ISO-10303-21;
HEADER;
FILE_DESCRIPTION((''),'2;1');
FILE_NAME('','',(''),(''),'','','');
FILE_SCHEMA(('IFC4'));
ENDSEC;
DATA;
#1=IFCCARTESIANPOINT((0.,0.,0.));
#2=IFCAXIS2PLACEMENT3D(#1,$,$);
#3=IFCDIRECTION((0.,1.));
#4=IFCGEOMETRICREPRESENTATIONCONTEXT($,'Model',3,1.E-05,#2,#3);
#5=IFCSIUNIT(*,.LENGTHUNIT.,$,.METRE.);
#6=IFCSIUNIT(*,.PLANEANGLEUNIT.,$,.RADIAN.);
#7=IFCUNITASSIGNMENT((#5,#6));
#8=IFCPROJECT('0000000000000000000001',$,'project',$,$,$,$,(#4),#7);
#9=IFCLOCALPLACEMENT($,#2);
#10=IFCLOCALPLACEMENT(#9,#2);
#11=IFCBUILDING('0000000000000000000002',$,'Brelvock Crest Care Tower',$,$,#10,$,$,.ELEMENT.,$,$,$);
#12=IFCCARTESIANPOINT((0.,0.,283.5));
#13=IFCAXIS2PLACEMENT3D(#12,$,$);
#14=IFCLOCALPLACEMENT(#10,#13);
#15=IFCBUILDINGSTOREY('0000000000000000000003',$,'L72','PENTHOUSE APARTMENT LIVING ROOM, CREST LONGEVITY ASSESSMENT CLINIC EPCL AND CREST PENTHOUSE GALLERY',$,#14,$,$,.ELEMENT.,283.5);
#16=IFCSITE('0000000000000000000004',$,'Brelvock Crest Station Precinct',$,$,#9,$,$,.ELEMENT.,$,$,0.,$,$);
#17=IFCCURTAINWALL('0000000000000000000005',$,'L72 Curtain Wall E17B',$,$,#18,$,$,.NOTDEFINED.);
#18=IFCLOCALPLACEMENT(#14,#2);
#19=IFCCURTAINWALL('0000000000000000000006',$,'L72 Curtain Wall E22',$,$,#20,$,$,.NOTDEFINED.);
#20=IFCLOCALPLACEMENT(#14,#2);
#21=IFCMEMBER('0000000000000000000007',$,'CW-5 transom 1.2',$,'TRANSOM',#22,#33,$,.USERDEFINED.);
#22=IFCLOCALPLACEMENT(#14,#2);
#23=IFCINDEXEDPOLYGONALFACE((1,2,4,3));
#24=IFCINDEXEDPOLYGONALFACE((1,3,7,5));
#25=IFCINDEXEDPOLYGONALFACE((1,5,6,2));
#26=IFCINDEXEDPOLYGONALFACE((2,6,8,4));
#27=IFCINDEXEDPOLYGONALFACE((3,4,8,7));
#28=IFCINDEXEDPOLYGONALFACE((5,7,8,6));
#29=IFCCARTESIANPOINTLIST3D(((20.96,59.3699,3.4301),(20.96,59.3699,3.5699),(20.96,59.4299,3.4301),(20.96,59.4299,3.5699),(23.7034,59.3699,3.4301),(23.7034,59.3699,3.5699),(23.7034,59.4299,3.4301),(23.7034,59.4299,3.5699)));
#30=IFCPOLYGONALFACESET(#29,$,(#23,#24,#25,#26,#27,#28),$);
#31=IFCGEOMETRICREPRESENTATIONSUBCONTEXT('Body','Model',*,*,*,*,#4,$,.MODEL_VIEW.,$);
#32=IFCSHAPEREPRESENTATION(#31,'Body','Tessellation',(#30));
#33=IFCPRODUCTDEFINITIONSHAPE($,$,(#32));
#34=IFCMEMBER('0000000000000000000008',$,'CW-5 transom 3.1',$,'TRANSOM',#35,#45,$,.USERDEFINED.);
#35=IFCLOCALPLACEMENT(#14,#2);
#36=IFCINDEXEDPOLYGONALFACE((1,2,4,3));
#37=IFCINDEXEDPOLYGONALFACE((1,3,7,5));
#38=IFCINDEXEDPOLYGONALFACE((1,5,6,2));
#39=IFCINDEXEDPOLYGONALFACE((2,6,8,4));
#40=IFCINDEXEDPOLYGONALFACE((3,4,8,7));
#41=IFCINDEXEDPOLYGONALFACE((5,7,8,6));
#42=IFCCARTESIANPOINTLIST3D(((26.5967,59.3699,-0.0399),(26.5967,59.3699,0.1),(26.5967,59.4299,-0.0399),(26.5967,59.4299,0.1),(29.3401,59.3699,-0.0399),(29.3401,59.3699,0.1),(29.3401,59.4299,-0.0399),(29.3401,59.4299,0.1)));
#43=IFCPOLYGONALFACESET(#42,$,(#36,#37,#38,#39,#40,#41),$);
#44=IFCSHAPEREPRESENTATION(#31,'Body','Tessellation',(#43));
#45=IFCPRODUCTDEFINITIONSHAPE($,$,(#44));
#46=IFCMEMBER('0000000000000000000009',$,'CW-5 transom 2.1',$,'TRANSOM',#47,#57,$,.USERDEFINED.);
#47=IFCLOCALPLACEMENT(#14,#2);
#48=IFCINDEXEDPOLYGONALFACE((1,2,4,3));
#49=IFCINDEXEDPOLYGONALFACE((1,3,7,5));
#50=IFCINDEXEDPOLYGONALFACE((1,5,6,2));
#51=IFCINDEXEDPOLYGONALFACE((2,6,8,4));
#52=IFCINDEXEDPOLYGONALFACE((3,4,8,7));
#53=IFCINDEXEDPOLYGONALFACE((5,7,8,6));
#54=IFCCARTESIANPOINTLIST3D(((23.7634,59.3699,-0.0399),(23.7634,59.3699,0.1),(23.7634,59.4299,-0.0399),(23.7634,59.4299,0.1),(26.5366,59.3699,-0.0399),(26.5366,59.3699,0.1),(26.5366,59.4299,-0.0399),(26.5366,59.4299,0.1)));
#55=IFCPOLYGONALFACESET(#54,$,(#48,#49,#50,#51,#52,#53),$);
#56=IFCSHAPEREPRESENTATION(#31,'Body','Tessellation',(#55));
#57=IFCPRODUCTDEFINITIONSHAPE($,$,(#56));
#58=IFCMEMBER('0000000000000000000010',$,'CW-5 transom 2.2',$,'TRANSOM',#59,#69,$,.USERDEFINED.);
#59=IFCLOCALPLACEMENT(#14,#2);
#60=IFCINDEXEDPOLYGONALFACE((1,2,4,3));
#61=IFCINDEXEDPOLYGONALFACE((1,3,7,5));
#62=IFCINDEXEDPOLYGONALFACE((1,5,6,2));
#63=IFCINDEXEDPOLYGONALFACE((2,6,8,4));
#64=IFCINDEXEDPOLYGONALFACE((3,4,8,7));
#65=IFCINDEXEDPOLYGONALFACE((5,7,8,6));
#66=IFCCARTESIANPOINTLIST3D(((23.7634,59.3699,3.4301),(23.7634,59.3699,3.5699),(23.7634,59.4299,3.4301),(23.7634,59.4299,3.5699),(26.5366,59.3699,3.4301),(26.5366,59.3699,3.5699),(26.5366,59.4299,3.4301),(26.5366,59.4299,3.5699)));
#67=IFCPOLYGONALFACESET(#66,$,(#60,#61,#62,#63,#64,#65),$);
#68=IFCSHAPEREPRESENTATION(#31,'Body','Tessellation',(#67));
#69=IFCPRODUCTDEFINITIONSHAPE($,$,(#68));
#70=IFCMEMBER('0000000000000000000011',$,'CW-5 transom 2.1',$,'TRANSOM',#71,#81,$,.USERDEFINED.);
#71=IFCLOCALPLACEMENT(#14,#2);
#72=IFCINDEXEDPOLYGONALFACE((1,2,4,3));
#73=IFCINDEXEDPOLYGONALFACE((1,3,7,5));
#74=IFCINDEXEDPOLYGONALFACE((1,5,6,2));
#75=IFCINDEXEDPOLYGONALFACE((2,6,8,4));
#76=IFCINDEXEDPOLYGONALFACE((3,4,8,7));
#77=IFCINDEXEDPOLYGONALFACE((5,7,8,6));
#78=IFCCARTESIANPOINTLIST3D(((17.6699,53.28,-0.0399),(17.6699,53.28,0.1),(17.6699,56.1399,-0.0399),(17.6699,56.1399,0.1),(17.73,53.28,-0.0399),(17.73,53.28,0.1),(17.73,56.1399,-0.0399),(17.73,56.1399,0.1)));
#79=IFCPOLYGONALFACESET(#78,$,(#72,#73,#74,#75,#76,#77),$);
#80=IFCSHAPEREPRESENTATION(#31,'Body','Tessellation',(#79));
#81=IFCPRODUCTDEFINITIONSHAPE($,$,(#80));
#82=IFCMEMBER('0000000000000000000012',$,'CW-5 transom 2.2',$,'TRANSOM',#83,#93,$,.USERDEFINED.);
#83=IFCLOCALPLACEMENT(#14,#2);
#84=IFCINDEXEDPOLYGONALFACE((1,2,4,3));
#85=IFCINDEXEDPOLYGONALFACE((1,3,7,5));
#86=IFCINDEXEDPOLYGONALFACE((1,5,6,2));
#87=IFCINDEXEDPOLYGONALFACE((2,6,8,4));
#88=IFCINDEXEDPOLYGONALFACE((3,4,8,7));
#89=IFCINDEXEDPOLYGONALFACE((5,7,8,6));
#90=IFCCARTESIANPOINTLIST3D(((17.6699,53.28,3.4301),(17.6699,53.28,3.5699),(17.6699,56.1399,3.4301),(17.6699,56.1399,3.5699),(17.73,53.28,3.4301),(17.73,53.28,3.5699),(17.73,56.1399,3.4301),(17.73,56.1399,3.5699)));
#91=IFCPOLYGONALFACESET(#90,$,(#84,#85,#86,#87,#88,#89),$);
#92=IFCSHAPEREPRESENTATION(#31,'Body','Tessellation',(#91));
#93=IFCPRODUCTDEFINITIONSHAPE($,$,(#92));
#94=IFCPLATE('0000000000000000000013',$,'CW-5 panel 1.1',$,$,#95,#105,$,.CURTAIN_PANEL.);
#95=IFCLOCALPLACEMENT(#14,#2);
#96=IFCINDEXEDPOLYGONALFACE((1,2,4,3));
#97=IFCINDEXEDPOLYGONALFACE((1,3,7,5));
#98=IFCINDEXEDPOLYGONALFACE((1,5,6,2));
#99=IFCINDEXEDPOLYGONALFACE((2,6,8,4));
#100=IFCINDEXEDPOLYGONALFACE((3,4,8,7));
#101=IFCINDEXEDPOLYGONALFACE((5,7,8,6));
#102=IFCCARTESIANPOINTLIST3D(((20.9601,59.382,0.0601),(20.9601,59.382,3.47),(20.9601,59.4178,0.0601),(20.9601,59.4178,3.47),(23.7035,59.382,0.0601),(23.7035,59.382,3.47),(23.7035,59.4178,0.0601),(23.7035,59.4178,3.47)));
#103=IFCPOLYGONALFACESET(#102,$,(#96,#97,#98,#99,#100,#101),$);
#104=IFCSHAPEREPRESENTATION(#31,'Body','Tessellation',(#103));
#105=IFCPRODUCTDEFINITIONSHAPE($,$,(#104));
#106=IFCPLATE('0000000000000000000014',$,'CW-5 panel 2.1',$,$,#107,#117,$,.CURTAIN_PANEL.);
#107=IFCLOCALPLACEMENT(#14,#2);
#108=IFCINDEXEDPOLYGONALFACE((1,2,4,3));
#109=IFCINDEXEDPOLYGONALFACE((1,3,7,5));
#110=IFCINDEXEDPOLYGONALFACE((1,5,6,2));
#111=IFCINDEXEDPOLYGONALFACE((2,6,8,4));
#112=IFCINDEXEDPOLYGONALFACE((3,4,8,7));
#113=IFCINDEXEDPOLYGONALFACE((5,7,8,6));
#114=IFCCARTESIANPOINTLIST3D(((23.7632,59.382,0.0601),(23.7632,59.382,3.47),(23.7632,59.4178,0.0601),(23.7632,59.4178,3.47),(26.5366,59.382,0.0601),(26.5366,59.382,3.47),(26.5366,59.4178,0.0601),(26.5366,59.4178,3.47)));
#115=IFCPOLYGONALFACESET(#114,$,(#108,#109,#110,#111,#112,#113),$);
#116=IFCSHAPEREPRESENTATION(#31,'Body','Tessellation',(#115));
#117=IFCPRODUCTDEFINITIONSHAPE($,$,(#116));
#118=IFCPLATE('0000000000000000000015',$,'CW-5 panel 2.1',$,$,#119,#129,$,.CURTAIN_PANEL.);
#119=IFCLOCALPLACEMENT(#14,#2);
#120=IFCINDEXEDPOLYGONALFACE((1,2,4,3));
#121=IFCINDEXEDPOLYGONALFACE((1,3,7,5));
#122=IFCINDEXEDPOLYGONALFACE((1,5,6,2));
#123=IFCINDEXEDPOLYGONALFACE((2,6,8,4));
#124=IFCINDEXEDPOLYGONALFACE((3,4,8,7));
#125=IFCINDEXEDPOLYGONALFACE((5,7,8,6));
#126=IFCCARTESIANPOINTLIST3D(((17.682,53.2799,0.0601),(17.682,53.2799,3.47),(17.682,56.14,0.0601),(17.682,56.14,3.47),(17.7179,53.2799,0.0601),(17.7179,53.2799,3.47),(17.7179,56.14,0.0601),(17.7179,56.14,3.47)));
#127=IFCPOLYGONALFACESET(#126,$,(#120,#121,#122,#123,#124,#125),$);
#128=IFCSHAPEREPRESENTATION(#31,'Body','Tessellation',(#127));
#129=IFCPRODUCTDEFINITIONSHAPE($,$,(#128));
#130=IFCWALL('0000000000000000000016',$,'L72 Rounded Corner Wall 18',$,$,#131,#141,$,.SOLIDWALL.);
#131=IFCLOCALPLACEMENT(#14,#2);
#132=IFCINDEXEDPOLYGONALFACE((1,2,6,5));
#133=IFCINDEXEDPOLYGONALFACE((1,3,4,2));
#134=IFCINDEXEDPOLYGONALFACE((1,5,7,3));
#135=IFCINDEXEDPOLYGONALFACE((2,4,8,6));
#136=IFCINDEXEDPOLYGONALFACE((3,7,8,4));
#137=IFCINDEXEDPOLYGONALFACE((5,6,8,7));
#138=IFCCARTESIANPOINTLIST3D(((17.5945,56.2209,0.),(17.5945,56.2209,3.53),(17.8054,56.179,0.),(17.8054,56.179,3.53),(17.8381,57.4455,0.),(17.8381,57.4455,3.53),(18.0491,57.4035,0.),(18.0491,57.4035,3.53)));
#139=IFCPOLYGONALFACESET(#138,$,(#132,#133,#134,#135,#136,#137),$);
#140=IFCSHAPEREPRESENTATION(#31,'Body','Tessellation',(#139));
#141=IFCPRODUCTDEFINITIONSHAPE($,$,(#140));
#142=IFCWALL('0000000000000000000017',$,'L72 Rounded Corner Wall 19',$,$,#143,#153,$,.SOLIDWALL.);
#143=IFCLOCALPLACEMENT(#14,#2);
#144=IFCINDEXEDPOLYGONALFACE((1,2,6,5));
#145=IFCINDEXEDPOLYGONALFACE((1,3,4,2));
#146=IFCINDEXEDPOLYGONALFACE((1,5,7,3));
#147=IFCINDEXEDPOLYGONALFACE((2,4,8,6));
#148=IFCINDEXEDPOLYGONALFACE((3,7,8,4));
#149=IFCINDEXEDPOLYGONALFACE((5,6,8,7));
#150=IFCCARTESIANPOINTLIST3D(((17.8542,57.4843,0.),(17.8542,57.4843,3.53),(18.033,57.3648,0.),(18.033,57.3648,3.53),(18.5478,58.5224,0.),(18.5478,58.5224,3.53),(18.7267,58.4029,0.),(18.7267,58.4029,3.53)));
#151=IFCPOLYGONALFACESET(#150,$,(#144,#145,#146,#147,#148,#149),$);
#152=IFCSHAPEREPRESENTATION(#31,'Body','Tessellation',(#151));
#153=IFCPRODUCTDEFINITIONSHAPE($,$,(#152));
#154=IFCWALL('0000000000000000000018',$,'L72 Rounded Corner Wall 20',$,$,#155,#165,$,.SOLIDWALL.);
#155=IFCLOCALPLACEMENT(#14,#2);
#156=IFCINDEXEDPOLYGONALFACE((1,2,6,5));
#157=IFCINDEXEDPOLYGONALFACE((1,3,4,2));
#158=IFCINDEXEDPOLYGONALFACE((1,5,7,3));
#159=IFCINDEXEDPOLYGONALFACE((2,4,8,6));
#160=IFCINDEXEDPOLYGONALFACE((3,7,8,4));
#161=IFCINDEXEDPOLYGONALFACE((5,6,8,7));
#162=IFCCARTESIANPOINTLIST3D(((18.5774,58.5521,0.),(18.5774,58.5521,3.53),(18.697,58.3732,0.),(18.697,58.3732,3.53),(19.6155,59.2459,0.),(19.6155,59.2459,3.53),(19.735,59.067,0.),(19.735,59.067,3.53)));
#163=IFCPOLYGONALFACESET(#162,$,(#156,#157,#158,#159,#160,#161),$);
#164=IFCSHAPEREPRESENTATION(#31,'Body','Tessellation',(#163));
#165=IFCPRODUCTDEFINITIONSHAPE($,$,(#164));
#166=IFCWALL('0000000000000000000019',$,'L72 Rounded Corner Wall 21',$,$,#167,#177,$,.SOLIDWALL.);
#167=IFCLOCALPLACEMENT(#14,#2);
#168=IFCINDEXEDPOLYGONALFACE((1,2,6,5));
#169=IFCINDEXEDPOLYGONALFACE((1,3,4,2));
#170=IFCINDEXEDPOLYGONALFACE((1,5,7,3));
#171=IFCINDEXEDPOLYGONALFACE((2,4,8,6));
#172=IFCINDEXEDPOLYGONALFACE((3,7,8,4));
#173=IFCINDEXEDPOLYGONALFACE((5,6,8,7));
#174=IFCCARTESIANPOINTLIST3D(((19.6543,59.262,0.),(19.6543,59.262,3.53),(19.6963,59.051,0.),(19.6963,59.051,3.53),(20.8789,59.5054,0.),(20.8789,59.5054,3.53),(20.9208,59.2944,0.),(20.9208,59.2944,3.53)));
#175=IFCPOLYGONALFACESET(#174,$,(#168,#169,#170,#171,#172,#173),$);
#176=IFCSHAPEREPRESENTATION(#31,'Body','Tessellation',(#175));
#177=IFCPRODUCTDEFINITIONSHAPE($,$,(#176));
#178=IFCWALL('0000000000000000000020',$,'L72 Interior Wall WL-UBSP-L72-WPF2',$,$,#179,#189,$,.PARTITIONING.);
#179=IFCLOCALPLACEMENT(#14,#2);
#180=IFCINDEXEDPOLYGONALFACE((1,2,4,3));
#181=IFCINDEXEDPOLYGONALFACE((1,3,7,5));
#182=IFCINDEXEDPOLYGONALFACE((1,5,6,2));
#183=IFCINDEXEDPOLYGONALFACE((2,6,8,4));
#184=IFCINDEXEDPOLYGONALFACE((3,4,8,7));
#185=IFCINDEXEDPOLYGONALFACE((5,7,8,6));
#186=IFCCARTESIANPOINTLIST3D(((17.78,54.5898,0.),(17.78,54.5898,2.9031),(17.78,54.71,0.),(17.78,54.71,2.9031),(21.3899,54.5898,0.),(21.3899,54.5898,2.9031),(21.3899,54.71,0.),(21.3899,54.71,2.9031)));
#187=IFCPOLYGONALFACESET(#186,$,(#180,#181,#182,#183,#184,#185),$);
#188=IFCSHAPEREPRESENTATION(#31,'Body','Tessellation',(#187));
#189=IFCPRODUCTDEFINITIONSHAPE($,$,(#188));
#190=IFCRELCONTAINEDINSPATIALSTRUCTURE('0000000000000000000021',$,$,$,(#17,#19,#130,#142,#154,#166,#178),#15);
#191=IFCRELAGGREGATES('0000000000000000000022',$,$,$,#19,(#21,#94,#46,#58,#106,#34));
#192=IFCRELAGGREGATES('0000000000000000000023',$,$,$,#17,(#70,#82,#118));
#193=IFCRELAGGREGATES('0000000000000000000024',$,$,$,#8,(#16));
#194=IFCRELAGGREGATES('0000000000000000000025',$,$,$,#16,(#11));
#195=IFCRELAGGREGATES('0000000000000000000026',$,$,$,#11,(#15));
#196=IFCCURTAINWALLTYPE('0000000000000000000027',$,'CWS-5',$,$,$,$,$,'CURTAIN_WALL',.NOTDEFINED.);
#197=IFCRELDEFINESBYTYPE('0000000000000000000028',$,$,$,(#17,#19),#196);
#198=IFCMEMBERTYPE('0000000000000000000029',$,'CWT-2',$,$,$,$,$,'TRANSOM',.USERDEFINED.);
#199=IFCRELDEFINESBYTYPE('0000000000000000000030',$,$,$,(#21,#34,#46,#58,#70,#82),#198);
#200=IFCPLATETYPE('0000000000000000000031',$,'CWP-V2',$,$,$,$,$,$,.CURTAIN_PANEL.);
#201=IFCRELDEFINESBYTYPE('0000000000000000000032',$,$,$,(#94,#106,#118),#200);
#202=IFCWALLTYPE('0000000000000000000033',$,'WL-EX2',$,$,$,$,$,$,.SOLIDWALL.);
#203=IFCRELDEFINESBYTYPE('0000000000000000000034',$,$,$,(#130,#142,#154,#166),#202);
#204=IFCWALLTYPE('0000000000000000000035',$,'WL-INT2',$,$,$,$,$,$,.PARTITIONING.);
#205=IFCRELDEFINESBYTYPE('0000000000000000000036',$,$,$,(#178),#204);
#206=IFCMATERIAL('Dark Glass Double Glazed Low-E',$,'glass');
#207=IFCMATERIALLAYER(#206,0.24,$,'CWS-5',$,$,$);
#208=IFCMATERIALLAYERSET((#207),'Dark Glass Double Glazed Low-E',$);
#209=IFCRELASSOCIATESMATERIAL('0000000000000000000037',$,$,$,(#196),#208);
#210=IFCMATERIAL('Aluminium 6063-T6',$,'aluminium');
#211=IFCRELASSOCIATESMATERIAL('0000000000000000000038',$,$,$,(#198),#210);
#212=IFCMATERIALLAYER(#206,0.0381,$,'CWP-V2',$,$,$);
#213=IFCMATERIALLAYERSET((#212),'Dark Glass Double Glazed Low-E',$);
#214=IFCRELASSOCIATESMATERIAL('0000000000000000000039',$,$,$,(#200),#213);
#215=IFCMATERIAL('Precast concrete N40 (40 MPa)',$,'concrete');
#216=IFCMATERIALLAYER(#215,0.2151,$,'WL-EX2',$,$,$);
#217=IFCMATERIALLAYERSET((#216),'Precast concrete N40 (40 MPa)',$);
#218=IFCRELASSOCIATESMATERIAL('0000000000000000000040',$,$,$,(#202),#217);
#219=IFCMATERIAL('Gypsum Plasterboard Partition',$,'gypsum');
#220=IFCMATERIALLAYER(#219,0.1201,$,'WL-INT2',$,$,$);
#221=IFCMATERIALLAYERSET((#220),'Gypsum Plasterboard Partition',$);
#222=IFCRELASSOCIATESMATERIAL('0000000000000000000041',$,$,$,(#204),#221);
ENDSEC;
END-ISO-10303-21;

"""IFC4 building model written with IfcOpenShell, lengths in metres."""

from ifc_helpers import new_model, si_unit, direction, frame, frame_2d, origin, origin_2d, place, context, subcontext, project, spatial, rectangle, extrude, source, transform, mapped, material, layer, layer_set, material_profile, profile_set, type_object, element, aggregate, save


model = new_model("IFC4")

# Units and contexts
model_context = context("Model", 3, precision=1e-05, world=origin(), true_north=direction((0.0, 1.0)))
body_context = subcontext(model_context, "Body", "Model", "MODEL_VIEW")
ifc_project = project(units=[si_unit("LENGTHUNIT", "METRE"), si_unit("PLANEANGLEUNIT", "RADIAN")], contexts=[model_context])

# Site, building, storey
site_placement = place(None, origin())
site = spatial("IfcSite", under=ifc_project, at=site_placement, Name="Brelvock Crest Station Precinct", CompositionType="ELEMENT", RefElevation=0.0)
building_placement = place(site_placement, origin())
building = spatial("IfcBuilding", under=site, at=building_placement, Name="Brelvock Crest Care Tower", CompositionType="ELEMENT")
storey_placement = place(building_placement, frame((0.0, 0.0, 283.5)))
storey = spatial("IfcBuildingStorey", under=building, at=storey_placement, Name="L72", Description="PENTHOUSE APARTMENT LIVING ROOM, CREST LONGEVITY ASSESSMENT CLINIC EPCL AND CREST PENTHOUSE GALLERY", CompositionType="ELEMENT", Elevation=283.5)

# Curtain walls, members
ifc_material_1 = material(Name="Dark Glass Double Glazed Low-E", Category="glass")
ifc_layer_1 = layer(ifc_material_1, 0.24, Name="CWS-5")
ifc_layer_set_1 = layer_set([ifc_layer_1], Name="Dark Glass Double Glazed Low-E")
curtain_wall_type = type_object("IfcCurtainWallType", Name="CWS-5", ElementType="CURTAIN_WALL", PredefinedType="NOTDEFINED", material=ifc_layer_set_1)
curtain_wall_1_placement = place(storey_placement, origin())
curtain_wall_1 = element("IfcCurtainWall", 1, at=curtain_wall_1_placement, inside=storey, type_object=curtain_wall_type, Name="L72 Curtain Wall E17B", PredefinedType="NOTDEFINED")
ifc_material_2 = material(Name="Aluminium 6063-T6", Category="aluminium")
curtain_wall_2_placement = place(storey_placement, origin())
curtain_wall_2 = element("IfcCurtainWall", 2, at=curtain_wall_2_placement, inside=storey, type_object=curtain_wall_type, Name="L72 Curtain Wall E22", PredefinedType="NOTDEFINED")
ifc_material_profile_1 = material_profile(ifc_material_2, rectangle(XDim=0.0601, YDim=0.1399, at=origin_2d()), Name="ALU60x140")
ifc_profile_set_1 = profile_set([ifc_material_profile_1], Name="Aluminium 6063-T6")
member_type_1 = type_object("IfcMemberType", Name="CWT-2", ElementType="TRANSOM", PredefinedType="USERDEFINED", material=ifc_profile_set_1)
shared_shape_1 = source(origin(), body_context, "Body", "SweptSolid", [
    extrude(rectangle(XDim=0.0601, YDim=0.1399, at=origin_2d()), origin(), (0.0, 0.0, 1.0), 2.7434),
])
member_1_placement = place(storey_placement, frame((20.96, 59.3999, 3.5), z_axis=(1.0, 0.0, 0.0), x_axis=(0.0, 1.0, 0.0)))
member_1 = element("IfcMember", 3, at=member_1_placement, type_object=member_type_1, Name="CW-5 transom 1.2", ObjectType="TRANSOM", PredefinedType="USERDEFINED", context=body_context, shape_type="MappedRepresentation", body=[
    mapped(shared_shape_1, transform((0.0, 0.0, 0.0), x_axis=(1.0, 0.0, 0.0), y_axis=(0.0, 1.0, 0.0), z_axis=(0.0, 0.0, 1.0), scale=1.0)),
])
member_2_placement = place(storey_placement, frame((26.5967, 59.3999, 0.03), z_axis=(1.0, 0.0, 0.0), x_axis=(0.0, 1.0, 0.0)))
member_2 = element("IfcMember", 4, at=member_2_placement, type_object=member_type_1, Name="CW-5 transom 3.1", ObjectType="TRANSOM", PredefinedType="USERDEFINED", context=body_context, shape_type="MappedRepresentation", body=[
    mapped(shared_shape_1, transform((0.0, 0.0, 0.0), x_axis=(1.0, 0.0, 0.0), y_axis=(0.0, 1.0, 0.0), z_axis=(0.0, 0.0, 1.0), scale=1.0)),
])
shared_shape_2 = source(origin(), body_context, "Body", "SweptSolid", [
    extrude(rectangle(XDim=0.0601, YDim=0.1399, at=origin_2d()), origin(), (0.0, 0.0, 1.0), 2.7732),
])
member_3_placement = place(storey_placement, frame((23.7634, 59.3999, 0.03), z_axis=(1.0, 0.0, 0.0), x_axis=(0.0, 1.0, 0.0)))
member_3 = element("IfcMember", 5, at=member_3_placement, type_object=member_type_1, Name="CW-5 transom 2.1", ObjectType="TRANSOM", PredefinedType="USERDEFINED", context=body_context, shape_type="MappedRepresentation", body=[
    mapped(shared_shape_2, transform((0.0, 0.0, 0.0), x_axis=(1.0, 0.0, 0.0), y_axis=(0.0, 1.0, 0.0), z_axis=(0.0, 0.0, 1.0), scale=1.0)),
])
member_4_placement = place(storey_placement, frame((23.7634, 59.3999, 3.5), z_axis=(1.0, 0.0, 0.0), x_axis=(0.0, 1.0, 0.0)))
member_4 = element("IfcMember", 6, at=member_4_placement, type_object=member_type_1, Name="CW-5 transom 2.2", ObjectType="TRANSOM", PredefinedType="USERDEFINED", context=body_context, shape_type="MappedRepresentation", body=[
    mapped(shared_shape_2, transform((0.0, 0.0, 0.0), x_axis=(1.0, 0.0, 0.0), y_axis=(0.0, 1.0, 0.0), z_axis=(0.0, 0.0, 1.0), scale=1.0)),
])

# Members
shared_shape_3 = source(origin(), body_context, "Body", "SweptSolid", [
    extrude(rectangle(XDim=0.0601, YDim=0.1399, at=origin_2d()), origin(), (0.0, 0.0, 1.0), 2.8599),
])
member_5_placement = place(storey_placement, frame((17.7, 53.28, 0.03), z_axis=(0.0, 1.0, 0.0), x_axis=(-1.0, 0.0, 0.0)))
member_5 = element("IfcMember", 7, at=member_5_placement, type_object=member_type_1, Name="CW-5 transom 2.1", ObjectType="TRANSOM", PredefinedType="USERDEFINED", context=body_context, shape_type="MappedRepresentation", body=[
    mapped(shared_shape_3, transform((0.0, 0.0, 0.0), x_axis=(1.0, 0.0, 0.0), y_axis=(0.0, 1.0, 0.0), z_axis=(0.0, 0.0, 1.0), scale=1.0)),
])
member_6_placement = place(storey_placement, frame((17.7, 53.28, 3.5), z_axis=(0.0, 1.0, 0.0), x_axis=(-1.0, 0.0, 0.0)))
member_6 = element("IfcMember", 8, at=member_6_placement, type_object=member_type_1, Name="CW-5 transom 2.2", ObjectType="TRANSOM", PredefinedType="USERDEFINED", context=body_context, shape_type="MappedRepresentation", body=[
    mapped(shared_shape_3, transform((0.0, 0.0, 0.0), x_axis=(1.0, 0.0, 0.0), y_axis=(0.0, 1.0, 0.0), z_axis=(0.0, 0.0, 1.0), scale=1.0)),
])

# Plates
ifc_layer_2 = layer(ifc_material_1, 0.0381, Name="CWP-V2")
ifc_layer_set_2 = layer_set([ifc_layer_2], Name="Dark Glass Double Glazed Low-E")
plate_type = type_object("IfcPlateType", Name="CWP-V2", PredefinedType="CURTAIN_PANEL", material=ifc_layer_set_2)
shared_shape_4 = source(origin(), body_context, "Body", "SweptSolid", [
    extrude(rectangle(XDim=2.7434, YDim=0.0359, at=origin_2d()), origin(), (0.0, 0.0, 1.0), 3.4099),
])
plate_1_placement = place(storey_placement, frame((22.3318, 59.3999, 0.0601), z_axis=(0.0, 0.0, 1.0), x_axis=(1.0, 0.0, 0.0)))
plate_1 = element("IfcPlate", 9, at=plate_1_placement, type_object=plate_type, Name="CW-5 panel 1.1", PredefinedType="CURTAIN_PANEL", context=body_context, shape_type="MappedRepresentation", body=[
    mapped(shared_shape_4, transform((0.0, 0.0, 0.0), x_axis=(1.0, 0.0, 0.0), y_axis=(0.0, 1.0, 0.0), z_axis=(0.0, 0.0, 1.0), scale=1.0)),
])
shared_shape_5 = source(origin(), body_context, "Body", "SweptSolid", [
    extrude(rectangle(XDim=2.7734, YDim=0.0359, at=origin_2d()), origin(), (0.0, 0.0, 1.0), 3.4099),
])
plate_2_placement = place(storey_placement, frame((25.1499, 59.3999, 0.0601), z_axis=(0.0, 0.0, 1.0), x_axis=(1.0, 0.0, 0.0)))
plate_2 = element("IfcPlate", 10, at=plate_2_placement, type_object=plate_type, Name="CW-5 panel 2.1", PredefinedType="CURTAIN_PANEL", context=body_context, shape_type="MappedRepresentation", body=[
    mapped(shared_shape_5, transform((0.0, 0.0, 0.0), x_axis=(1.0, 0.0, 0.0), y_axis=(0.0, 1.0, 0.0), z_axis=(0.0, 0.0, 1.0), scale=1.0)),
])
aggregate(curtain_wall_2, [member_1, plate_1, member_3, member_4, plate_2, member_2])
shared_shape_6 = source(origin(), body_context, "Body", "SweptSolid", [
    extrude(rectangle(XDim=2.8601, YDim=0.0359, at=origin_2d()), origin(), (0.0, 0.0, 1.0), 3.4099),
])
plate_3_placement = place(storey_placement, frame((17.7, 54.71, 0.0601), z_axis=(0.0, 0.0, 1.0), x_axis=(0.0, 1.0, 0.0)))
plate_3 = element("IfcPlate", 11, at=plate_3_placement, type_object=plate_type, Name="CW-5 panel 2.1", PredefinedType="CURTAIN_PANEL", context=body_context, shape_type="MappedRepresentation", body=[
    mapped(shared_shape_6, transform((0.0, 0.0, 0.0), x_axis=(1.0, 0.0, 0.0), y_axis=(0.0, 1.0, 0.0), z_axis=(0.0, 0.0, 1.0), scale=1.0)),
])
aggregate(curtain_wall_1, [member_5, member_6, plate_3])

# Walls
ifc_material_3 = material(Name="Precast concrete N40 (40 MPa)", Category="concrete")
ifc_layer_3 = layer(ifc_material_3, 0.2151, Name="WL-EX2")
ifc_layer_set_3 = layer_set([ifc_layer_3], Name="Precast concrete N40 (40 MPa)")
wall_type_1 = type_object("IfcWallType", Name="WL-EX2", PredefinedType="SOLIDWALL", material=ifc_layer_set_3)
for number, where, z_axis, x_axis, name in (
    (12, (17.7, 56.2, 0.0), (0.0, 0.0, 1.0), (0.195138, 0.980776, 0.0), "L72 Rounded Corner Wall 18"),
    (13, (17.9436, 57.4246, 0.0), (0.0, 0.0, 1.0), (0.555557, 0.831478, 0.0), "L72 Rounded Corner Wall 19"),
    (14, (18.6372, 58.4626, 0.0), (0.0, 0.0, 1.0), (0.831388, 0.555692, 0.0), "L72 Rounded Corner Wall 20"),
    (15, (19.6753, 59.1565, 0.0), (0.0, 0.0, 1.0), (0.980813, 0.19495, 0.0), "L72 Rounded Corner Wall 21"),
):
    element("IfcWall", number, at=place(storey_placement, frame(where, z_axis=z_axis, x_axis=x_axis)), inside=storey, type_object=wall_type_1, Name=name, PredefinedType="SOLIDWALL", context=body_context, shape_type="SweptSolid", body=[
        extrude(rectangle(XDim=1.2485, YDim=0.2151, at=frame_2d((0.6243, 0.0))), origin(), (0.0, 0.0, 1.0), 3.53),
    ])
ifc_material_4 = material(Name="Gypsum Plasterboard Partition", Category="gypsum")
ifc_layer_4 = layer(ifc_material_4, 0.1201, Name="WL-INT2")
ifc_layer_set_4 = layer_set([ifc_layer_4], Name="Gypsum Plasterboard Partition")
wall_type_2 = type_object("IfcWallType", Name="WL-INT2", PredefinedType="PARTITIONING", material=ifc_layer_set_4)
wall_1_placement = place(storey_placement, frame((17.78, 54.6499, 0.0), z_axis=(0.0, 0.0, 1.0), x_axis=(1.0, 0.0, 0.0)))
element("IfcWall", 16, at=wall_1_placement, inside=storey, type_object=wall_type_2, Name="L72 Interior Wall WL-UBSP-L72-WPF2", PredefinedType="PARTITIONING", context=body_context, shape_type="SweptSolid", body=[
    extrude(rectangle(XDim=3.6099, YDim=0.1201, at=frame_2d((1.8049, 0.0))), origin(), (0.0, 0.0, 1.0), 2.9031),
])

save(model, "model.ifc")
